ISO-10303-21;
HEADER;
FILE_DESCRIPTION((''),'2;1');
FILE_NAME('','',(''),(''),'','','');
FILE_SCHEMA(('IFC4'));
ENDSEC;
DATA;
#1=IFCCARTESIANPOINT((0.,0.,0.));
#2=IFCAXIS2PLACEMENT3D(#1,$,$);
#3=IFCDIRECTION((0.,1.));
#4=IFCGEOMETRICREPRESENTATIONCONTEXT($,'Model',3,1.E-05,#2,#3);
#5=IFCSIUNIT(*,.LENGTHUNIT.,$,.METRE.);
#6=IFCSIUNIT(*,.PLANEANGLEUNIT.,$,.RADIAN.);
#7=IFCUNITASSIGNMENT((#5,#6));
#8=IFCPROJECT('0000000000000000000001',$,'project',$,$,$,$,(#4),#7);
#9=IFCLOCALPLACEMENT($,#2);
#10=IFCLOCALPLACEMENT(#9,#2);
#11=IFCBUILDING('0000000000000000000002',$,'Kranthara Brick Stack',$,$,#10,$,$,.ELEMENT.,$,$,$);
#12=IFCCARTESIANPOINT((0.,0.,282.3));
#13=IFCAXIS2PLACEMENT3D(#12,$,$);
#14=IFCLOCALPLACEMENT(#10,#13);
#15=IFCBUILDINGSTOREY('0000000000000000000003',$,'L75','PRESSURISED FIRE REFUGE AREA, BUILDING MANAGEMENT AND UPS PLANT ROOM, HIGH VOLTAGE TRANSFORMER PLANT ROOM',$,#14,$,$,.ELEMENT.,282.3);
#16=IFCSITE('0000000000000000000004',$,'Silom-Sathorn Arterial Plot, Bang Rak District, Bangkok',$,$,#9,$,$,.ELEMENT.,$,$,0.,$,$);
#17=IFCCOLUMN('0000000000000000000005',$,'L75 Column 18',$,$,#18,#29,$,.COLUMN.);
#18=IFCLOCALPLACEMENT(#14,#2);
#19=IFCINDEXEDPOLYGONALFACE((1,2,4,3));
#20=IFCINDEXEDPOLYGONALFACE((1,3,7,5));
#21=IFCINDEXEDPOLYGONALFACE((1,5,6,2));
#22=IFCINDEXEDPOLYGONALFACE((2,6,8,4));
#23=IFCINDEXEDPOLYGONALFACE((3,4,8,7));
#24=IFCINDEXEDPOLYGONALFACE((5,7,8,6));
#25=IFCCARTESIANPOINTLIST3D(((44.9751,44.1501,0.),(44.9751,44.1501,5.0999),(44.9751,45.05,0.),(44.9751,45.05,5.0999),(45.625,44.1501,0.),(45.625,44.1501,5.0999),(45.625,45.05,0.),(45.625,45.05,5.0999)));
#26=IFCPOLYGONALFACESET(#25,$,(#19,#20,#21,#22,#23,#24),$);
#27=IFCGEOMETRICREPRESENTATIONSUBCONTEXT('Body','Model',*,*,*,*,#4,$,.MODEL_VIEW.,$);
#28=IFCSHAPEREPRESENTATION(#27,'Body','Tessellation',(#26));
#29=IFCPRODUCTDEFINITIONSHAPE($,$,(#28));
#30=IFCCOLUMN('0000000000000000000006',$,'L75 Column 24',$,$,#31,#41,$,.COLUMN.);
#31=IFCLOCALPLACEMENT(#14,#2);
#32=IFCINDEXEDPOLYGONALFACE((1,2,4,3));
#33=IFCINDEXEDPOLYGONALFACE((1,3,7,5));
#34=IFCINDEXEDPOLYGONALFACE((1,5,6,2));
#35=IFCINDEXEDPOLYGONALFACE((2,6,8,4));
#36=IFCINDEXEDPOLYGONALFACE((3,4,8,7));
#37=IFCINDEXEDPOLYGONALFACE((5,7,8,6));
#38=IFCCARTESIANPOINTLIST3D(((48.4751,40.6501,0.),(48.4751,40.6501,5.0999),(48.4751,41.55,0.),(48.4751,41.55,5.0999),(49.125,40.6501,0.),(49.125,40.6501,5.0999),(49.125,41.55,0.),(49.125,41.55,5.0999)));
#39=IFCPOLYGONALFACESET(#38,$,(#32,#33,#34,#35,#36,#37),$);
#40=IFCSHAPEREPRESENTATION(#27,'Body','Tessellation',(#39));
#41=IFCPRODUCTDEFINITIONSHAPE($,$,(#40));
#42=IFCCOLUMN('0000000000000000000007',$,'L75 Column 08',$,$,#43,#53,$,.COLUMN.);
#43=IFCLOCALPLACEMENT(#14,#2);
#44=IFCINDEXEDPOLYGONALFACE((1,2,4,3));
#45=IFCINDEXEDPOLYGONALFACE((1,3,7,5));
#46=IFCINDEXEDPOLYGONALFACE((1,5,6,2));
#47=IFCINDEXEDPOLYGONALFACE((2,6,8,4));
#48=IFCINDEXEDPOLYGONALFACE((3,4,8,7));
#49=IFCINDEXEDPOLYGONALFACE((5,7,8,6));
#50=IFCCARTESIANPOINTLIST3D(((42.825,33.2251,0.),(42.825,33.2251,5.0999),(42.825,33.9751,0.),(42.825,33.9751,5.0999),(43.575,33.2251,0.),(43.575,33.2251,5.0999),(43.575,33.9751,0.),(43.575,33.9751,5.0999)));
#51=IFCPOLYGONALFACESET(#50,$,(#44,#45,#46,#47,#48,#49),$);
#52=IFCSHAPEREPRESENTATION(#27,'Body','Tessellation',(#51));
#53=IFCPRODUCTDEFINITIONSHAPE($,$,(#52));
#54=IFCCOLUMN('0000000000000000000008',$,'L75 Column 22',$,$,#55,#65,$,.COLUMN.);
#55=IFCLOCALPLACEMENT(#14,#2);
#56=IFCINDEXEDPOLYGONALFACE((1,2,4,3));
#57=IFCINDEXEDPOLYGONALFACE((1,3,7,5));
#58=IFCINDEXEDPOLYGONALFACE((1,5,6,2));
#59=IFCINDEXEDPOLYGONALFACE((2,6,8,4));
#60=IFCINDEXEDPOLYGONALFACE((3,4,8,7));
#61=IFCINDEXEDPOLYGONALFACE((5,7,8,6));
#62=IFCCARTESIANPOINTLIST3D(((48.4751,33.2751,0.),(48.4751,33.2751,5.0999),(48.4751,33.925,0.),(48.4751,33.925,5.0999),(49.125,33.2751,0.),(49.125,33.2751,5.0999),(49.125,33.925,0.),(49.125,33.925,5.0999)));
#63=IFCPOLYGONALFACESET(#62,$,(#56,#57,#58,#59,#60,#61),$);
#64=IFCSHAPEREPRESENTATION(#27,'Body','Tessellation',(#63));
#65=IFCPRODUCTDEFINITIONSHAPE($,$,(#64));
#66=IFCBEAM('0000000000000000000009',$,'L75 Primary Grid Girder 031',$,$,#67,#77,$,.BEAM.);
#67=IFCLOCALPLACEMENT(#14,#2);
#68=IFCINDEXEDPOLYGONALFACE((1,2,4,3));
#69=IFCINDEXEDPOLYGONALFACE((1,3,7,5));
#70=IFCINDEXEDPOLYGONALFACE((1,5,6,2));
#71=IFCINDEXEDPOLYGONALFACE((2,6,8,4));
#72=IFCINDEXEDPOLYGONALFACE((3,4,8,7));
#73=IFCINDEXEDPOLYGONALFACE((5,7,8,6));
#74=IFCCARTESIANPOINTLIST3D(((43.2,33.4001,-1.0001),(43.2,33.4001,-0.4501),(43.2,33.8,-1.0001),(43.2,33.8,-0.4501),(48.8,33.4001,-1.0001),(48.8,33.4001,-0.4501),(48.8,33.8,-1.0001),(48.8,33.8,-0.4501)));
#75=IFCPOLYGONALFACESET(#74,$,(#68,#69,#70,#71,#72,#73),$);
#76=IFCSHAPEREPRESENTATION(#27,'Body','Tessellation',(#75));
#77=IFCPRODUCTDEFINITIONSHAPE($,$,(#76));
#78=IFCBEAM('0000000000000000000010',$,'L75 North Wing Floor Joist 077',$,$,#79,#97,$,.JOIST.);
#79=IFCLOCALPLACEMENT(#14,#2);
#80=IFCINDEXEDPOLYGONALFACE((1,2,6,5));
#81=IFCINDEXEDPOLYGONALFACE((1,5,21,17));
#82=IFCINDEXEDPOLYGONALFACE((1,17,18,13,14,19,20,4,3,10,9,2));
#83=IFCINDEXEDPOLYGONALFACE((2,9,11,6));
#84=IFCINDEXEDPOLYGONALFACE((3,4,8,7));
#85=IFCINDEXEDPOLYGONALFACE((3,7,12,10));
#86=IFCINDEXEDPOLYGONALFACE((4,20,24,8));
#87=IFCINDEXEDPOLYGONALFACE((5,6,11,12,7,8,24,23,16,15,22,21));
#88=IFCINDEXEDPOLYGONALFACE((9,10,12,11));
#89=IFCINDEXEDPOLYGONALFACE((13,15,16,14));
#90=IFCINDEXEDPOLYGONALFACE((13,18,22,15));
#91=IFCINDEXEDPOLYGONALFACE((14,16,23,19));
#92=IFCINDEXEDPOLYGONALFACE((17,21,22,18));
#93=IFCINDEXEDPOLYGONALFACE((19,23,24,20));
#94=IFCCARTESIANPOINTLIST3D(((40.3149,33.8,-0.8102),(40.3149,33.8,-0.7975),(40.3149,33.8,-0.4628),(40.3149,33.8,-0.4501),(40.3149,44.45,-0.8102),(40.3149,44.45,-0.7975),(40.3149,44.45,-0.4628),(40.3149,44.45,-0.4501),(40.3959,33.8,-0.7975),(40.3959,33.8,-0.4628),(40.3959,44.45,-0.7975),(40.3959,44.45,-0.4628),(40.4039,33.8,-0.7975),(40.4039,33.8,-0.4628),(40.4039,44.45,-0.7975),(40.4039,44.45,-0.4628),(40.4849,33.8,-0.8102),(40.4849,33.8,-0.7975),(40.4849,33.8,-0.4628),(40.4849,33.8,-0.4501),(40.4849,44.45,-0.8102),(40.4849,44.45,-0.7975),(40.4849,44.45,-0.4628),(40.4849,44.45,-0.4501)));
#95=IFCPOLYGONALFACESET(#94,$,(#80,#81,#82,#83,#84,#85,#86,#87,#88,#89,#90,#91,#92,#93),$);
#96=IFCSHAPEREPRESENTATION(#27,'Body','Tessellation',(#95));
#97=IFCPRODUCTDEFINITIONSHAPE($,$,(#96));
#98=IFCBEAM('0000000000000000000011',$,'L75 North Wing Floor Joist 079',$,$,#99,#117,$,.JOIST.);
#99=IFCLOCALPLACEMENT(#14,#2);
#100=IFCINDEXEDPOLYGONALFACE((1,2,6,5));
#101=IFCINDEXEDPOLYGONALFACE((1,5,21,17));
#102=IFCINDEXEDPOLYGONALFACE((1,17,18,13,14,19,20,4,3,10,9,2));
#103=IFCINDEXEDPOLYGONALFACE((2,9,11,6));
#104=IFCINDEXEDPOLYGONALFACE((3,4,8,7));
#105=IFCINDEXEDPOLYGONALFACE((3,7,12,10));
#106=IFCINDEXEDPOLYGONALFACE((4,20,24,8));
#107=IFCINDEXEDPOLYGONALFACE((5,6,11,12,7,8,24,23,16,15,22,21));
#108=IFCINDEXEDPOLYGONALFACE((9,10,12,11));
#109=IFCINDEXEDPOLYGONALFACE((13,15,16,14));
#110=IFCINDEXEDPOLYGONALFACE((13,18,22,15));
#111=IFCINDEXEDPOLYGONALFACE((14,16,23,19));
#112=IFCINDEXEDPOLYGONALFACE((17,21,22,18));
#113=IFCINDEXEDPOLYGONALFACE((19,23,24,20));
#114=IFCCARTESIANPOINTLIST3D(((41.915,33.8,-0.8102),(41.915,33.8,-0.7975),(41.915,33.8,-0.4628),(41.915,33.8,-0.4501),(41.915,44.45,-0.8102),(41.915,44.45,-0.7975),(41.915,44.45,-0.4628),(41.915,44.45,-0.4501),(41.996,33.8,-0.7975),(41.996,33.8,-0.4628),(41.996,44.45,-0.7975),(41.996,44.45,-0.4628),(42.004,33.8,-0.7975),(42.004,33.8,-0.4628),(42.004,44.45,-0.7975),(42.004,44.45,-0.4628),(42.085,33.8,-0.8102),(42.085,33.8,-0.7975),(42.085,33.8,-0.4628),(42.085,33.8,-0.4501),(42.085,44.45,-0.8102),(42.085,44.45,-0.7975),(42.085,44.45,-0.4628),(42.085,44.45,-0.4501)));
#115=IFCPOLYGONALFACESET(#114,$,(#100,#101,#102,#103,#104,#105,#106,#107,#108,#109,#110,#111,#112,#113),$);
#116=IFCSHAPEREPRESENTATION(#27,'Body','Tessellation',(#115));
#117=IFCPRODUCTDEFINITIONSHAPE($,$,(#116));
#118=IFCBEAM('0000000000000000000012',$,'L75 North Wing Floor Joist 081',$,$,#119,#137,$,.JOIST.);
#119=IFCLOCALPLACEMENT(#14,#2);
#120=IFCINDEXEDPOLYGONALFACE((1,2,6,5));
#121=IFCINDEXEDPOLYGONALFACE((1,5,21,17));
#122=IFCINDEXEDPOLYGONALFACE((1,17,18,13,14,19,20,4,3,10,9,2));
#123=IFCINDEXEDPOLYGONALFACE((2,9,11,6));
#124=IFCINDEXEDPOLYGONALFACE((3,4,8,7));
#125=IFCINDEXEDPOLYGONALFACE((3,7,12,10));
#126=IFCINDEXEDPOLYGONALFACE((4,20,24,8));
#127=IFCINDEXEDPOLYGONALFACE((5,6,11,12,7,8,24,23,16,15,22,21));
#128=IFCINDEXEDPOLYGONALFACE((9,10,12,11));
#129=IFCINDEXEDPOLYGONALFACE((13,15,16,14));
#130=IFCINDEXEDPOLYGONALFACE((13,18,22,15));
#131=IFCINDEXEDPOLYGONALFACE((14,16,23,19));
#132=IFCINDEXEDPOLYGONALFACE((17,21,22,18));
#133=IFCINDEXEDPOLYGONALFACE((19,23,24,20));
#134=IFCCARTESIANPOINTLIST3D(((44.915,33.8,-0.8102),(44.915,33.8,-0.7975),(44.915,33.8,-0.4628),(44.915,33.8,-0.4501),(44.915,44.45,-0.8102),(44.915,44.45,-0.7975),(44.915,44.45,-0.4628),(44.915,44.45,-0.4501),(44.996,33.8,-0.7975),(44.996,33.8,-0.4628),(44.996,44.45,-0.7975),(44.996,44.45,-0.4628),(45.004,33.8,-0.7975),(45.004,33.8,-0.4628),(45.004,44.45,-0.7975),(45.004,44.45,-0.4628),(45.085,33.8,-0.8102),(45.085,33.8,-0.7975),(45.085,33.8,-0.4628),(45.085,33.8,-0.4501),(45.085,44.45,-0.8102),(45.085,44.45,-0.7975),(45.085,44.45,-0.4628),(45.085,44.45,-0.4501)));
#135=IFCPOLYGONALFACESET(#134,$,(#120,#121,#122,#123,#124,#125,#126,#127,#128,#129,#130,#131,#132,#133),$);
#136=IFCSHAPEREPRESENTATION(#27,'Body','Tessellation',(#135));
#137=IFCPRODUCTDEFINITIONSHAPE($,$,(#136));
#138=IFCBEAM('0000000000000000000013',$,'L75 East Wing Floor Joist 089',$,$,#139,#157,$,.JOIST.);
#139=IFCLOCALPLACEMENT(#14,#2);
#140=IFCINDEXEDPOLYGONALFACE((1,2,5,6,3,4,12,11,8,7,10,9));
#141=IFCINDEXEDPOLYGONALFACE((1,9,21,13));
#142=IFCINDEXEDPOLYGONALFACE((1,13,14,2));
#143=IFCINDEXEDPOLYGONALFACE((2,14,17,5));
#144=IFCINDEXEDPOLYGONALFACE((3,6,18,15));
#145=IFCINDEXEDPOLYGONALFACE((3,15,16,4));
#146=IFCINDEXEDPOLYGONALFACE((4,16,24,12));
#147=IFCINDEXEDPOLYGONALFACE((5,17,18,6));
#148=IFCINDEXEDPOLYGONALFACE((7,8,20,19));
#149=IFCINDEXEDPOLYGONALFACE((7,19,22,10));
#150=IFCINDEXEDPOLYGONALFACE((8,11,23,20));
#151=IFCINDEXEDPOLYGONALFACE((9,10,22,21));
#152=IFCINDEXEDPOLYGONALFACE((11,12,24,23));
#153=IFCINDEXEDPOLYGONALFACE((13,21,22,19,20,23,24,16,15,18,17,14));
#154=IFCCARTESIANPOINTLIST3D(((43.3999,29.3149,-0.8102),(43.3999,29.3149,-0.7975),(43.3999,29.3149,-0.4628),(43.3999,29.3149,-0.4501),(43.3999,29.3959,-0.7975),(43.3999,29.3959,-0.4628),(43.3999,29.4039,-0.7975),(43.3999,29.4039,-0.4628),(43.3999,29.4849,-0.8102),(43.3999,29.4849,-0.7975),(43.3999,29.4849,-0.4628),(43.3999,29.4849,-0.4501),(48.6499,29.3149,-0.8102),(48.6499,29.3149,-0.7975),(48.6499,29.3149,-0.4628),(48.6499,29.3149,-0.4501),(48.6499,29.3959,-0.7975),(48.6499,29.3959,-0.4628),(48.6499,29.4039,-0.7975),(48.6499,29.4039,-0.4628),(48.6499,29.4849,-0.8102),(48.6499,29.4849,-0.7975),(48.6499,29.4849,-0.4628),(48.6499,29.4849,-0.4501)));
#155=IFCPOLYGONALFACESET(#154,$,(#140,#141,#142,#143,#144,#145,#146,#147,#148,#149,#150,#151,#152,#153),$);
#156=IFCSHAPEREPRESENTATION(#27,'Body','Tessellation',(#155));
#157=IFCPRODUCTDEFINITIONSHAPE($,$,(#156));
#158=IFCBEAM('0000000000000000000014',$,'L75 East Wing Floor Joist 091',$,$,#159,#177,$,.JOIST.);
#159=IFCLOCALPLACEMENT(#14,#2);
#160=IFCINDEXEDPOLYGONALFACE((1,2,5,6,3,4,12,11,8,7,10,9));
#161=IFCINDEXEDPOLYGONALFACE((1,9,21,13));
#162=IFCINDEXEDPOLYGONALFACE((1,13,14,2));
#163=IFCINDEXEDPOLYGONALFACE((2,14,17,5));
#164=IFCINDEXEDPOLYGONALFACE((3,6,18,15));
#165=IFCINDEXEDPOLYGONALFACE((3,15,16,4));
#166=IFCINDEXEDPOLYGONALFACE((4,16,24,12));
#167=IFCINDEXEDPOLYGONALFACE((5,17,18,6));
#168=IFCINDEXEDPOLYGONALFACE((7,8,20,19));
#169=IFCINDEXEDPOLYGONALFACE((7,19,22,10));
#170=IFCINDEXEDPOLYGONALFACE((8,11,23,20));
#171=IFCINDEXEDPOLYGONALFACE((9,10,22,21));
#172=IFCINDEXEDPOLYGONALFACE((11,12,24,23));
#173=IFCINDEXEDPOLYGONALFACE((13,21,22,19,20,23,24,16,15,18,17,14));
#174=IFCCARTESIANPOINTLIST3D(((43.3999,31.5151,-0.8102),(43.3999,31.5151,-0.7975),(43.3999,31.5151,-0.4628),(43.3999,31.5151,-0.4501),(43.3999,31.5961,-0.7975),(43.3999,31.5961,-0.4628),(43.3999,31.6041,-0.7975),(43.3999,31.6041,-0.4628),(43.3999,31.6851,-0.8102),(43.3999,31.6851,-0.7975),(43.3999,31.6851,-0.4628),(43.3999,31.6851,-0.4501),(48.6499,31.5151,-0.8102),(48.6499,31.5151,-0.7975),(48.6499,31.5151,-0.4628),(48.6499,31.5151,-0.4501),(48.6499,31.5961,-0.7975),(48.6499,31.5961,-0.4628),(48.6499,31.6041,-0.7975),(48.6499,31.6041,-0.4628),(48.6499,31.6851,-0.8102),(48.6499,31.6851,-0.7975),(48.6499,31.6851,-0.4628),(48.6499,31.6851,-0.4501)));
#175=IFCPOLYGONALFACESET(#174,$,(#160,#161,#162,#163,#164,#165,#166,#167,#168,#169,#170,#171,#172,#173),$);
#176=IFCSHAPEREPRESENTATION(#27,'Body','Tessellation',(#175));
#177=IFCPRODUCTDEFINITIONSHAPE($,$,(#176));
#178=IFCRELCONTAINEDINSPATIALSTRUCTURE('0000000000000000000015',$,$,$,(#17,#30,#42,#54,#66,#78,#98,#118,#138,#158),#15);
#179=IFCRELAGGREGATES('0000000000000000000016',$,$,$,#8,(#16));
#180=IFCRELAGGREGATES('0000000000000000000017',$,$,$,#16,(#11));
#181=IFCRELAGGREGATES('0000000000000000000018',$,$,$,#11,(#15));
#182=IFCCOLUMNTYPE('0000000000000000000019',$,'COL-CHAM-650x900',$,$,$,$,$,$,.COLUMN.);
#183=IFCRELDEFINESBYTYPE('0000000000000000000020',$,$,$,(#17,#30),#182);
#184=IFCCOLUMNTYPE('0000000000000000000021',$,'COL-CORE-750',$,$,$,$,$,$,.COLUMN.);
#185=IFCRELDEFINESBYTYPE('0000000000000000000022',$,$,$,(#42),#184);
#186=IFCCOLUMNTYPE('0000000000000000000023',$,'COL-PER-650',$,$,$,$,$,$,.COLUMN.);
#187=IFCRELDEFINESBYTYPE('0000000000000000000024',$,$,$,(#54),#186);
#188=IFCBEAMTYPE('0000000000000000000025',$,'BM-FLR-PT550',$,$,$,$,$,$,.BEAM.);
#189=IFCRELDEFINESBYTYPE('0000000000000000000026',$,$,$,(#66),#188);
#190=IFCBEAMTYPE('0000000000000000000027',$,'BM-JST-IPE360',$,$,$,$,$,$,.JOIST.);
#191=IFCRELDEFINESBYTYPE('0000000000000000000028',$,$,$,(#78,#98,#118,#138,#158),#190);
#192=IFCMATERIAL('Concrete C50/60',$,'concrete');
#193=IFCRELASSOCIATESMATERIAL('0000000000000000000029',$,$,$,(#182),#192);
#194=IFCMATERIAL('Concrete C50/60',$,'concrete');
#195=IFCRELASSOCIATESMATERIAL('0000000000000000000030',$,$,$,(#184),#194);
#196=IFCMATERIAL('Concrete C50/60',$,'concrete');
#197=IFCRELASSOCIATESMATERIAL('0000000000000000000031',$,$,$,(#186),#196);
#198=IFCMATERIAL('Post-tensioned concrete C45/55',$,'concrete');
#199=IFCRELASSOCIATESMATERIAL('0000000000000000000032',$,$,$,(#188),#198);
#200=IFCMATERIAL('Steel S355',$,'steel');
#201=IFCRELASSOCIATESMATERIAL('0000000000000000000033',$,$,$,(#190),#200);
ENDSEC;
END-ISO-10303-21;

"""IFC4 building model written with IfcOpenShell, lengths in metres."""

from ifc_helpers import new_model, si_unit, direction, frame, origin, origin_2d, place, context, subcontext, project, spatial, rectangle, i_section, extrude, material, material_profile, profile_set, type_object, element, save


model = new_model("IFC4")

# Units and contexts
model_context = context("Model", 3, precision=1e-05, world=origin(), true_north=direction((0.0, 1.0)))
body_context = subcontext(model_context, "Body", "Model", "MODEL_VIEW")
ifc_project = project(units=[si_unit("LENGTHUNIT", "METRE"), si_unit("PLANEANGLEUNIT", "RADIAN")], contexts=[model_context])

# Site, building, storey
site_placement = place(None, origin())
site = spatial("IfcSite", under=ifc_project, at=site_placement, Name="Silom-Sathorn Arterial Plot, Bang Rak District, Bangkok", CompositionType="ELEMENT", RefElevation=0.0)
building_placement = place(site_placement, origin())
building = spatial("IfcBuilding", under=site, at=building_placement, Name="Kranthara Brick Stack", CompositionType="ELEMENT")
storey_placement = place(building_placement, frame((0.0, 0.0, 282.3)))
storey = spatial("IfcBuildingStorey", under=building, at=storey_placement, Name="L75", Description="PRESSURISED FIRE REFUGE AREA, BUILDING MANAGEMENT AND UPS PLANT ROOM, HIGH VOLTAGE TRANSFORMER PLANT ROOM", CompositionType="ELEMENT", Elevation=282.3)

# Columns
ifc_material_1 = material(Name="Concrete C50/60", Category="concrete")
ifc_material_profile_1 = material_profile(ifc_material_1, rectangle(XDim=0.6499, YDim=0.8999, at=origin_2d()), Name="RC 650x900")
ifc_profile_set_1 = profile_set([ifc_material_profile_1], Name="Concrete C50/60")
column_type_1 = type_object("IfcColumnType", Name="COL-CHAM-650x900", PredefinedType="COLUMN", material=ifc_profile_set_1)
for number, where, z_axis, x_axis, name in (
    (1, (45.3, 44.6001, 0.0), (0.0, 0.0, 1.0), (1.0, 0.0, 0.0), "L75 Column 18"),
    (2, (48.8, 41.1001, 0.0), (0.0, 0.0, 1.0), (1.0, 0.0, 0.0), "L75 Column 24"),
):
    element("IfcColumn", number, at=place(storey_placement, frame(where, z_axis=z_axis, x_axis=x_axis)), inside=storey, type_object=column_type_1, Name=name, PredefinedType="COLUMN", context=body_context, shape_type="SweptSolid", body=[
        extrude(rectangle(XDim=0.6499, YDim=0.8999, at=origin_2d()), origin(), (0.0, 0.0, 1.0), 5.0999),
    ])
ifc_material_2 = material(Name="Concrete C50/60", Category="concrete")
ifc_material_profile_2 = material_profile(ifc_material_2, rectangle(XDim=0.75, YDim=0.75, at=origin_2d()), Name="RC 750x750")
ifc_profile_set_2 = profile_set([ifc_material_profile_2], Name="Concrete C50/60")
column_type_2 = type_object("IfcColumnType", Name="COL-CORE-750", PredefinedType="COLUMN", material=ifc_profile_set_2)
column_1_placement = place(storey_placement, frame((43.2, 33.6001, 0.0), z_axis=(0.0, 0.0, 1.0), x_axis=(1.0, 0.0, 0.0)))
element("IfcColumn", 3, at=column_1_placement, inside=storey, type_object=column_type_2, Name="L75 Column 08", PredefinedType="COLUMN", context=body_context, shape_type="SweptSolid", body=[
    extrude(rectangle(XDim=0.75, YDim=0.75, at=origin_2d()), origin(), (0.0, 0.0, 1.0), 5.0999),
])
ifc_material_3 = material(Name="Concrete C50/60", Category="concrete")
ifc_material_profile_3 = material_profile(ifc_material_3, rectangle(XDim=0.6499, YDim=0.6499, at=origin_2d()), Name="RC 650x650")
ifc_profile_set_3 = profile_set([ifc_material_profile_3], Name="Concrete C50/60")
column_type_3 = type_object("IfcColumnType", Name="COL-PER-650", PredefinedType="COLUMN", material=ifc_profile_set_3)
column_2_placement = place(storey_placement, frame((48.8, 33.6001, 0.0), z_axis=(0.0, 0.0, 1.0), x_axis=(1.0, 0.0, 0.0)))
element("IfcColumn", 4, at=column_2_placement, inside=storey, type_object=column_type_3, Name="L75 Column 22", PredefinedType="COLUMN", context=body_context, shape_type="SweptSolid", body=[
    extrude(rectangle(XDim=0.6499, YDim=0.6499, at=origin_2d()), origin(), (0.0, 0.0, 1.0), 5.0999),
])

# Beams
ifc_material_4 = material(Name="Post-tensioned concrete C45/55", Category="concrete")
ifc_material_profile_4 = material_profile(ifc_material_4, rectangle(XDim=0.3999, YDim=0.55, at=origin_2d()), Name="PT 400x550")
ifc_profile_set_4 = profile_set([ifc_material_profile_4], Name="Post-tensioned concrete C45/55")
beam_type_1 = type_object("IfcBeamType", Name="BM-FLR-PT550", PredefinedType="BEAM", material=ifc_profile_set_4)
beam_1_placement = place(storey_placement, frame((43.2, 33.6001, -0.7251), z_axis=(1.0, 0.0, 0.0), x_axis=(0.0, 1.0, 0.0)))
element("IfcBeam", 5, at=beam_1_placement, inside=storey, type_object=beam_type_1, Name="L75 Primary Grid Girder 031", PredefinedType="BEAM", context=body_context, shape_type="SweptSolid", body=[
    extrude(rectangle(XDim=0.3999, YDim=0.55, at=origin_2d()), origin(), (0.0, 0.0, 1.0), 5.6001),
])
ifc_material_5 = material(Name="Steel S355", Category="steel")
ifc_material_profile_5 = material_profile(ifc_material_5, i_section(OverallWidth=0.1699, OverallDepth=0.3601, WebThickness=0.0081, FlangeThickness=0.0127, at=origin_2d()), Name="IPE 360")
ifc_profile_set_5 = profile_set([ifc_material_profile_5], Name="Steel S355")
beam_type_2 = type_object("IfcBeamType", Name="BM-JST-IPE360", PredefinedType="JOIST", material=ifc_profile_set_5)
for number, where, z_axis, x_axis, name in (
    (6, (40.3999, 33.8, -0.6301), (0.0, 1.0, 0.0), (-1.0, 0.0, 0.0), "L75 North Wing Floor Joist 077"),
    (7, (42.0, 33.8, -0.6301), (0.0, 1.0, 0.0), (-1.0, 0.0, 0.0), "L75 North Wing Floor Joist 079"),
    (8, (45.0, 33.8, -0.6301), (0.0, 1.0, 0.0), (-1.0, 0.0, 0.0), "L75 North Wing Floor Joist 081"),
):
    element("IfcBeam", number, at=place(storey_placement, frame(where, z_axis=z_axis, x_axis=x_axis)), inside=storey, type_object=beam_type_2, Name=name, PredefinedType="JOIST", context=body_context, shape_type="SweptSolid", body=[
        extrude(i_section(OverallWidth=0.1699, OverallDepth=0.3601, WebThickness=0.0081, FlangeThickness=0.0127, at=origin_2d()), origin(), (0.0, 0.0, 1.0), 10.6499),
    ])
for number, where, z_axis, x_axis, name in (
    (9, (43.3999, 29.3999, -0.6301), (1.0, 0.0, 0.0), (0.0, 1.0, 0.0), "L75 East Wing Floor Joist 089"),
    (10, (43.3999, 31.6001, -0.6301), (1.0, 0.0, 0.0), (0.0, 1.0, 0.0), "L75 East Wing Floor Joist 091"),
):
    element("IfcBeam", number, at=place(storey_placement, frame(where, z_axis=z_axis, x_axis=x_axis)), inside=storey, type_object=beam_type_2, Name=name, PredefinedType="JOIST", context=body_context, shape_type="SweptSolid", body=[
        extrude(i_section(OverallWidth=0.1699, OverallDepth=0.3601, WebThickness=0.0081, FlangeThickness=0.0127, at=origin_2d()), origin(), (0.0, 0.0, 1.0), 5.25),
    ])

save(model, "model.ifc")
